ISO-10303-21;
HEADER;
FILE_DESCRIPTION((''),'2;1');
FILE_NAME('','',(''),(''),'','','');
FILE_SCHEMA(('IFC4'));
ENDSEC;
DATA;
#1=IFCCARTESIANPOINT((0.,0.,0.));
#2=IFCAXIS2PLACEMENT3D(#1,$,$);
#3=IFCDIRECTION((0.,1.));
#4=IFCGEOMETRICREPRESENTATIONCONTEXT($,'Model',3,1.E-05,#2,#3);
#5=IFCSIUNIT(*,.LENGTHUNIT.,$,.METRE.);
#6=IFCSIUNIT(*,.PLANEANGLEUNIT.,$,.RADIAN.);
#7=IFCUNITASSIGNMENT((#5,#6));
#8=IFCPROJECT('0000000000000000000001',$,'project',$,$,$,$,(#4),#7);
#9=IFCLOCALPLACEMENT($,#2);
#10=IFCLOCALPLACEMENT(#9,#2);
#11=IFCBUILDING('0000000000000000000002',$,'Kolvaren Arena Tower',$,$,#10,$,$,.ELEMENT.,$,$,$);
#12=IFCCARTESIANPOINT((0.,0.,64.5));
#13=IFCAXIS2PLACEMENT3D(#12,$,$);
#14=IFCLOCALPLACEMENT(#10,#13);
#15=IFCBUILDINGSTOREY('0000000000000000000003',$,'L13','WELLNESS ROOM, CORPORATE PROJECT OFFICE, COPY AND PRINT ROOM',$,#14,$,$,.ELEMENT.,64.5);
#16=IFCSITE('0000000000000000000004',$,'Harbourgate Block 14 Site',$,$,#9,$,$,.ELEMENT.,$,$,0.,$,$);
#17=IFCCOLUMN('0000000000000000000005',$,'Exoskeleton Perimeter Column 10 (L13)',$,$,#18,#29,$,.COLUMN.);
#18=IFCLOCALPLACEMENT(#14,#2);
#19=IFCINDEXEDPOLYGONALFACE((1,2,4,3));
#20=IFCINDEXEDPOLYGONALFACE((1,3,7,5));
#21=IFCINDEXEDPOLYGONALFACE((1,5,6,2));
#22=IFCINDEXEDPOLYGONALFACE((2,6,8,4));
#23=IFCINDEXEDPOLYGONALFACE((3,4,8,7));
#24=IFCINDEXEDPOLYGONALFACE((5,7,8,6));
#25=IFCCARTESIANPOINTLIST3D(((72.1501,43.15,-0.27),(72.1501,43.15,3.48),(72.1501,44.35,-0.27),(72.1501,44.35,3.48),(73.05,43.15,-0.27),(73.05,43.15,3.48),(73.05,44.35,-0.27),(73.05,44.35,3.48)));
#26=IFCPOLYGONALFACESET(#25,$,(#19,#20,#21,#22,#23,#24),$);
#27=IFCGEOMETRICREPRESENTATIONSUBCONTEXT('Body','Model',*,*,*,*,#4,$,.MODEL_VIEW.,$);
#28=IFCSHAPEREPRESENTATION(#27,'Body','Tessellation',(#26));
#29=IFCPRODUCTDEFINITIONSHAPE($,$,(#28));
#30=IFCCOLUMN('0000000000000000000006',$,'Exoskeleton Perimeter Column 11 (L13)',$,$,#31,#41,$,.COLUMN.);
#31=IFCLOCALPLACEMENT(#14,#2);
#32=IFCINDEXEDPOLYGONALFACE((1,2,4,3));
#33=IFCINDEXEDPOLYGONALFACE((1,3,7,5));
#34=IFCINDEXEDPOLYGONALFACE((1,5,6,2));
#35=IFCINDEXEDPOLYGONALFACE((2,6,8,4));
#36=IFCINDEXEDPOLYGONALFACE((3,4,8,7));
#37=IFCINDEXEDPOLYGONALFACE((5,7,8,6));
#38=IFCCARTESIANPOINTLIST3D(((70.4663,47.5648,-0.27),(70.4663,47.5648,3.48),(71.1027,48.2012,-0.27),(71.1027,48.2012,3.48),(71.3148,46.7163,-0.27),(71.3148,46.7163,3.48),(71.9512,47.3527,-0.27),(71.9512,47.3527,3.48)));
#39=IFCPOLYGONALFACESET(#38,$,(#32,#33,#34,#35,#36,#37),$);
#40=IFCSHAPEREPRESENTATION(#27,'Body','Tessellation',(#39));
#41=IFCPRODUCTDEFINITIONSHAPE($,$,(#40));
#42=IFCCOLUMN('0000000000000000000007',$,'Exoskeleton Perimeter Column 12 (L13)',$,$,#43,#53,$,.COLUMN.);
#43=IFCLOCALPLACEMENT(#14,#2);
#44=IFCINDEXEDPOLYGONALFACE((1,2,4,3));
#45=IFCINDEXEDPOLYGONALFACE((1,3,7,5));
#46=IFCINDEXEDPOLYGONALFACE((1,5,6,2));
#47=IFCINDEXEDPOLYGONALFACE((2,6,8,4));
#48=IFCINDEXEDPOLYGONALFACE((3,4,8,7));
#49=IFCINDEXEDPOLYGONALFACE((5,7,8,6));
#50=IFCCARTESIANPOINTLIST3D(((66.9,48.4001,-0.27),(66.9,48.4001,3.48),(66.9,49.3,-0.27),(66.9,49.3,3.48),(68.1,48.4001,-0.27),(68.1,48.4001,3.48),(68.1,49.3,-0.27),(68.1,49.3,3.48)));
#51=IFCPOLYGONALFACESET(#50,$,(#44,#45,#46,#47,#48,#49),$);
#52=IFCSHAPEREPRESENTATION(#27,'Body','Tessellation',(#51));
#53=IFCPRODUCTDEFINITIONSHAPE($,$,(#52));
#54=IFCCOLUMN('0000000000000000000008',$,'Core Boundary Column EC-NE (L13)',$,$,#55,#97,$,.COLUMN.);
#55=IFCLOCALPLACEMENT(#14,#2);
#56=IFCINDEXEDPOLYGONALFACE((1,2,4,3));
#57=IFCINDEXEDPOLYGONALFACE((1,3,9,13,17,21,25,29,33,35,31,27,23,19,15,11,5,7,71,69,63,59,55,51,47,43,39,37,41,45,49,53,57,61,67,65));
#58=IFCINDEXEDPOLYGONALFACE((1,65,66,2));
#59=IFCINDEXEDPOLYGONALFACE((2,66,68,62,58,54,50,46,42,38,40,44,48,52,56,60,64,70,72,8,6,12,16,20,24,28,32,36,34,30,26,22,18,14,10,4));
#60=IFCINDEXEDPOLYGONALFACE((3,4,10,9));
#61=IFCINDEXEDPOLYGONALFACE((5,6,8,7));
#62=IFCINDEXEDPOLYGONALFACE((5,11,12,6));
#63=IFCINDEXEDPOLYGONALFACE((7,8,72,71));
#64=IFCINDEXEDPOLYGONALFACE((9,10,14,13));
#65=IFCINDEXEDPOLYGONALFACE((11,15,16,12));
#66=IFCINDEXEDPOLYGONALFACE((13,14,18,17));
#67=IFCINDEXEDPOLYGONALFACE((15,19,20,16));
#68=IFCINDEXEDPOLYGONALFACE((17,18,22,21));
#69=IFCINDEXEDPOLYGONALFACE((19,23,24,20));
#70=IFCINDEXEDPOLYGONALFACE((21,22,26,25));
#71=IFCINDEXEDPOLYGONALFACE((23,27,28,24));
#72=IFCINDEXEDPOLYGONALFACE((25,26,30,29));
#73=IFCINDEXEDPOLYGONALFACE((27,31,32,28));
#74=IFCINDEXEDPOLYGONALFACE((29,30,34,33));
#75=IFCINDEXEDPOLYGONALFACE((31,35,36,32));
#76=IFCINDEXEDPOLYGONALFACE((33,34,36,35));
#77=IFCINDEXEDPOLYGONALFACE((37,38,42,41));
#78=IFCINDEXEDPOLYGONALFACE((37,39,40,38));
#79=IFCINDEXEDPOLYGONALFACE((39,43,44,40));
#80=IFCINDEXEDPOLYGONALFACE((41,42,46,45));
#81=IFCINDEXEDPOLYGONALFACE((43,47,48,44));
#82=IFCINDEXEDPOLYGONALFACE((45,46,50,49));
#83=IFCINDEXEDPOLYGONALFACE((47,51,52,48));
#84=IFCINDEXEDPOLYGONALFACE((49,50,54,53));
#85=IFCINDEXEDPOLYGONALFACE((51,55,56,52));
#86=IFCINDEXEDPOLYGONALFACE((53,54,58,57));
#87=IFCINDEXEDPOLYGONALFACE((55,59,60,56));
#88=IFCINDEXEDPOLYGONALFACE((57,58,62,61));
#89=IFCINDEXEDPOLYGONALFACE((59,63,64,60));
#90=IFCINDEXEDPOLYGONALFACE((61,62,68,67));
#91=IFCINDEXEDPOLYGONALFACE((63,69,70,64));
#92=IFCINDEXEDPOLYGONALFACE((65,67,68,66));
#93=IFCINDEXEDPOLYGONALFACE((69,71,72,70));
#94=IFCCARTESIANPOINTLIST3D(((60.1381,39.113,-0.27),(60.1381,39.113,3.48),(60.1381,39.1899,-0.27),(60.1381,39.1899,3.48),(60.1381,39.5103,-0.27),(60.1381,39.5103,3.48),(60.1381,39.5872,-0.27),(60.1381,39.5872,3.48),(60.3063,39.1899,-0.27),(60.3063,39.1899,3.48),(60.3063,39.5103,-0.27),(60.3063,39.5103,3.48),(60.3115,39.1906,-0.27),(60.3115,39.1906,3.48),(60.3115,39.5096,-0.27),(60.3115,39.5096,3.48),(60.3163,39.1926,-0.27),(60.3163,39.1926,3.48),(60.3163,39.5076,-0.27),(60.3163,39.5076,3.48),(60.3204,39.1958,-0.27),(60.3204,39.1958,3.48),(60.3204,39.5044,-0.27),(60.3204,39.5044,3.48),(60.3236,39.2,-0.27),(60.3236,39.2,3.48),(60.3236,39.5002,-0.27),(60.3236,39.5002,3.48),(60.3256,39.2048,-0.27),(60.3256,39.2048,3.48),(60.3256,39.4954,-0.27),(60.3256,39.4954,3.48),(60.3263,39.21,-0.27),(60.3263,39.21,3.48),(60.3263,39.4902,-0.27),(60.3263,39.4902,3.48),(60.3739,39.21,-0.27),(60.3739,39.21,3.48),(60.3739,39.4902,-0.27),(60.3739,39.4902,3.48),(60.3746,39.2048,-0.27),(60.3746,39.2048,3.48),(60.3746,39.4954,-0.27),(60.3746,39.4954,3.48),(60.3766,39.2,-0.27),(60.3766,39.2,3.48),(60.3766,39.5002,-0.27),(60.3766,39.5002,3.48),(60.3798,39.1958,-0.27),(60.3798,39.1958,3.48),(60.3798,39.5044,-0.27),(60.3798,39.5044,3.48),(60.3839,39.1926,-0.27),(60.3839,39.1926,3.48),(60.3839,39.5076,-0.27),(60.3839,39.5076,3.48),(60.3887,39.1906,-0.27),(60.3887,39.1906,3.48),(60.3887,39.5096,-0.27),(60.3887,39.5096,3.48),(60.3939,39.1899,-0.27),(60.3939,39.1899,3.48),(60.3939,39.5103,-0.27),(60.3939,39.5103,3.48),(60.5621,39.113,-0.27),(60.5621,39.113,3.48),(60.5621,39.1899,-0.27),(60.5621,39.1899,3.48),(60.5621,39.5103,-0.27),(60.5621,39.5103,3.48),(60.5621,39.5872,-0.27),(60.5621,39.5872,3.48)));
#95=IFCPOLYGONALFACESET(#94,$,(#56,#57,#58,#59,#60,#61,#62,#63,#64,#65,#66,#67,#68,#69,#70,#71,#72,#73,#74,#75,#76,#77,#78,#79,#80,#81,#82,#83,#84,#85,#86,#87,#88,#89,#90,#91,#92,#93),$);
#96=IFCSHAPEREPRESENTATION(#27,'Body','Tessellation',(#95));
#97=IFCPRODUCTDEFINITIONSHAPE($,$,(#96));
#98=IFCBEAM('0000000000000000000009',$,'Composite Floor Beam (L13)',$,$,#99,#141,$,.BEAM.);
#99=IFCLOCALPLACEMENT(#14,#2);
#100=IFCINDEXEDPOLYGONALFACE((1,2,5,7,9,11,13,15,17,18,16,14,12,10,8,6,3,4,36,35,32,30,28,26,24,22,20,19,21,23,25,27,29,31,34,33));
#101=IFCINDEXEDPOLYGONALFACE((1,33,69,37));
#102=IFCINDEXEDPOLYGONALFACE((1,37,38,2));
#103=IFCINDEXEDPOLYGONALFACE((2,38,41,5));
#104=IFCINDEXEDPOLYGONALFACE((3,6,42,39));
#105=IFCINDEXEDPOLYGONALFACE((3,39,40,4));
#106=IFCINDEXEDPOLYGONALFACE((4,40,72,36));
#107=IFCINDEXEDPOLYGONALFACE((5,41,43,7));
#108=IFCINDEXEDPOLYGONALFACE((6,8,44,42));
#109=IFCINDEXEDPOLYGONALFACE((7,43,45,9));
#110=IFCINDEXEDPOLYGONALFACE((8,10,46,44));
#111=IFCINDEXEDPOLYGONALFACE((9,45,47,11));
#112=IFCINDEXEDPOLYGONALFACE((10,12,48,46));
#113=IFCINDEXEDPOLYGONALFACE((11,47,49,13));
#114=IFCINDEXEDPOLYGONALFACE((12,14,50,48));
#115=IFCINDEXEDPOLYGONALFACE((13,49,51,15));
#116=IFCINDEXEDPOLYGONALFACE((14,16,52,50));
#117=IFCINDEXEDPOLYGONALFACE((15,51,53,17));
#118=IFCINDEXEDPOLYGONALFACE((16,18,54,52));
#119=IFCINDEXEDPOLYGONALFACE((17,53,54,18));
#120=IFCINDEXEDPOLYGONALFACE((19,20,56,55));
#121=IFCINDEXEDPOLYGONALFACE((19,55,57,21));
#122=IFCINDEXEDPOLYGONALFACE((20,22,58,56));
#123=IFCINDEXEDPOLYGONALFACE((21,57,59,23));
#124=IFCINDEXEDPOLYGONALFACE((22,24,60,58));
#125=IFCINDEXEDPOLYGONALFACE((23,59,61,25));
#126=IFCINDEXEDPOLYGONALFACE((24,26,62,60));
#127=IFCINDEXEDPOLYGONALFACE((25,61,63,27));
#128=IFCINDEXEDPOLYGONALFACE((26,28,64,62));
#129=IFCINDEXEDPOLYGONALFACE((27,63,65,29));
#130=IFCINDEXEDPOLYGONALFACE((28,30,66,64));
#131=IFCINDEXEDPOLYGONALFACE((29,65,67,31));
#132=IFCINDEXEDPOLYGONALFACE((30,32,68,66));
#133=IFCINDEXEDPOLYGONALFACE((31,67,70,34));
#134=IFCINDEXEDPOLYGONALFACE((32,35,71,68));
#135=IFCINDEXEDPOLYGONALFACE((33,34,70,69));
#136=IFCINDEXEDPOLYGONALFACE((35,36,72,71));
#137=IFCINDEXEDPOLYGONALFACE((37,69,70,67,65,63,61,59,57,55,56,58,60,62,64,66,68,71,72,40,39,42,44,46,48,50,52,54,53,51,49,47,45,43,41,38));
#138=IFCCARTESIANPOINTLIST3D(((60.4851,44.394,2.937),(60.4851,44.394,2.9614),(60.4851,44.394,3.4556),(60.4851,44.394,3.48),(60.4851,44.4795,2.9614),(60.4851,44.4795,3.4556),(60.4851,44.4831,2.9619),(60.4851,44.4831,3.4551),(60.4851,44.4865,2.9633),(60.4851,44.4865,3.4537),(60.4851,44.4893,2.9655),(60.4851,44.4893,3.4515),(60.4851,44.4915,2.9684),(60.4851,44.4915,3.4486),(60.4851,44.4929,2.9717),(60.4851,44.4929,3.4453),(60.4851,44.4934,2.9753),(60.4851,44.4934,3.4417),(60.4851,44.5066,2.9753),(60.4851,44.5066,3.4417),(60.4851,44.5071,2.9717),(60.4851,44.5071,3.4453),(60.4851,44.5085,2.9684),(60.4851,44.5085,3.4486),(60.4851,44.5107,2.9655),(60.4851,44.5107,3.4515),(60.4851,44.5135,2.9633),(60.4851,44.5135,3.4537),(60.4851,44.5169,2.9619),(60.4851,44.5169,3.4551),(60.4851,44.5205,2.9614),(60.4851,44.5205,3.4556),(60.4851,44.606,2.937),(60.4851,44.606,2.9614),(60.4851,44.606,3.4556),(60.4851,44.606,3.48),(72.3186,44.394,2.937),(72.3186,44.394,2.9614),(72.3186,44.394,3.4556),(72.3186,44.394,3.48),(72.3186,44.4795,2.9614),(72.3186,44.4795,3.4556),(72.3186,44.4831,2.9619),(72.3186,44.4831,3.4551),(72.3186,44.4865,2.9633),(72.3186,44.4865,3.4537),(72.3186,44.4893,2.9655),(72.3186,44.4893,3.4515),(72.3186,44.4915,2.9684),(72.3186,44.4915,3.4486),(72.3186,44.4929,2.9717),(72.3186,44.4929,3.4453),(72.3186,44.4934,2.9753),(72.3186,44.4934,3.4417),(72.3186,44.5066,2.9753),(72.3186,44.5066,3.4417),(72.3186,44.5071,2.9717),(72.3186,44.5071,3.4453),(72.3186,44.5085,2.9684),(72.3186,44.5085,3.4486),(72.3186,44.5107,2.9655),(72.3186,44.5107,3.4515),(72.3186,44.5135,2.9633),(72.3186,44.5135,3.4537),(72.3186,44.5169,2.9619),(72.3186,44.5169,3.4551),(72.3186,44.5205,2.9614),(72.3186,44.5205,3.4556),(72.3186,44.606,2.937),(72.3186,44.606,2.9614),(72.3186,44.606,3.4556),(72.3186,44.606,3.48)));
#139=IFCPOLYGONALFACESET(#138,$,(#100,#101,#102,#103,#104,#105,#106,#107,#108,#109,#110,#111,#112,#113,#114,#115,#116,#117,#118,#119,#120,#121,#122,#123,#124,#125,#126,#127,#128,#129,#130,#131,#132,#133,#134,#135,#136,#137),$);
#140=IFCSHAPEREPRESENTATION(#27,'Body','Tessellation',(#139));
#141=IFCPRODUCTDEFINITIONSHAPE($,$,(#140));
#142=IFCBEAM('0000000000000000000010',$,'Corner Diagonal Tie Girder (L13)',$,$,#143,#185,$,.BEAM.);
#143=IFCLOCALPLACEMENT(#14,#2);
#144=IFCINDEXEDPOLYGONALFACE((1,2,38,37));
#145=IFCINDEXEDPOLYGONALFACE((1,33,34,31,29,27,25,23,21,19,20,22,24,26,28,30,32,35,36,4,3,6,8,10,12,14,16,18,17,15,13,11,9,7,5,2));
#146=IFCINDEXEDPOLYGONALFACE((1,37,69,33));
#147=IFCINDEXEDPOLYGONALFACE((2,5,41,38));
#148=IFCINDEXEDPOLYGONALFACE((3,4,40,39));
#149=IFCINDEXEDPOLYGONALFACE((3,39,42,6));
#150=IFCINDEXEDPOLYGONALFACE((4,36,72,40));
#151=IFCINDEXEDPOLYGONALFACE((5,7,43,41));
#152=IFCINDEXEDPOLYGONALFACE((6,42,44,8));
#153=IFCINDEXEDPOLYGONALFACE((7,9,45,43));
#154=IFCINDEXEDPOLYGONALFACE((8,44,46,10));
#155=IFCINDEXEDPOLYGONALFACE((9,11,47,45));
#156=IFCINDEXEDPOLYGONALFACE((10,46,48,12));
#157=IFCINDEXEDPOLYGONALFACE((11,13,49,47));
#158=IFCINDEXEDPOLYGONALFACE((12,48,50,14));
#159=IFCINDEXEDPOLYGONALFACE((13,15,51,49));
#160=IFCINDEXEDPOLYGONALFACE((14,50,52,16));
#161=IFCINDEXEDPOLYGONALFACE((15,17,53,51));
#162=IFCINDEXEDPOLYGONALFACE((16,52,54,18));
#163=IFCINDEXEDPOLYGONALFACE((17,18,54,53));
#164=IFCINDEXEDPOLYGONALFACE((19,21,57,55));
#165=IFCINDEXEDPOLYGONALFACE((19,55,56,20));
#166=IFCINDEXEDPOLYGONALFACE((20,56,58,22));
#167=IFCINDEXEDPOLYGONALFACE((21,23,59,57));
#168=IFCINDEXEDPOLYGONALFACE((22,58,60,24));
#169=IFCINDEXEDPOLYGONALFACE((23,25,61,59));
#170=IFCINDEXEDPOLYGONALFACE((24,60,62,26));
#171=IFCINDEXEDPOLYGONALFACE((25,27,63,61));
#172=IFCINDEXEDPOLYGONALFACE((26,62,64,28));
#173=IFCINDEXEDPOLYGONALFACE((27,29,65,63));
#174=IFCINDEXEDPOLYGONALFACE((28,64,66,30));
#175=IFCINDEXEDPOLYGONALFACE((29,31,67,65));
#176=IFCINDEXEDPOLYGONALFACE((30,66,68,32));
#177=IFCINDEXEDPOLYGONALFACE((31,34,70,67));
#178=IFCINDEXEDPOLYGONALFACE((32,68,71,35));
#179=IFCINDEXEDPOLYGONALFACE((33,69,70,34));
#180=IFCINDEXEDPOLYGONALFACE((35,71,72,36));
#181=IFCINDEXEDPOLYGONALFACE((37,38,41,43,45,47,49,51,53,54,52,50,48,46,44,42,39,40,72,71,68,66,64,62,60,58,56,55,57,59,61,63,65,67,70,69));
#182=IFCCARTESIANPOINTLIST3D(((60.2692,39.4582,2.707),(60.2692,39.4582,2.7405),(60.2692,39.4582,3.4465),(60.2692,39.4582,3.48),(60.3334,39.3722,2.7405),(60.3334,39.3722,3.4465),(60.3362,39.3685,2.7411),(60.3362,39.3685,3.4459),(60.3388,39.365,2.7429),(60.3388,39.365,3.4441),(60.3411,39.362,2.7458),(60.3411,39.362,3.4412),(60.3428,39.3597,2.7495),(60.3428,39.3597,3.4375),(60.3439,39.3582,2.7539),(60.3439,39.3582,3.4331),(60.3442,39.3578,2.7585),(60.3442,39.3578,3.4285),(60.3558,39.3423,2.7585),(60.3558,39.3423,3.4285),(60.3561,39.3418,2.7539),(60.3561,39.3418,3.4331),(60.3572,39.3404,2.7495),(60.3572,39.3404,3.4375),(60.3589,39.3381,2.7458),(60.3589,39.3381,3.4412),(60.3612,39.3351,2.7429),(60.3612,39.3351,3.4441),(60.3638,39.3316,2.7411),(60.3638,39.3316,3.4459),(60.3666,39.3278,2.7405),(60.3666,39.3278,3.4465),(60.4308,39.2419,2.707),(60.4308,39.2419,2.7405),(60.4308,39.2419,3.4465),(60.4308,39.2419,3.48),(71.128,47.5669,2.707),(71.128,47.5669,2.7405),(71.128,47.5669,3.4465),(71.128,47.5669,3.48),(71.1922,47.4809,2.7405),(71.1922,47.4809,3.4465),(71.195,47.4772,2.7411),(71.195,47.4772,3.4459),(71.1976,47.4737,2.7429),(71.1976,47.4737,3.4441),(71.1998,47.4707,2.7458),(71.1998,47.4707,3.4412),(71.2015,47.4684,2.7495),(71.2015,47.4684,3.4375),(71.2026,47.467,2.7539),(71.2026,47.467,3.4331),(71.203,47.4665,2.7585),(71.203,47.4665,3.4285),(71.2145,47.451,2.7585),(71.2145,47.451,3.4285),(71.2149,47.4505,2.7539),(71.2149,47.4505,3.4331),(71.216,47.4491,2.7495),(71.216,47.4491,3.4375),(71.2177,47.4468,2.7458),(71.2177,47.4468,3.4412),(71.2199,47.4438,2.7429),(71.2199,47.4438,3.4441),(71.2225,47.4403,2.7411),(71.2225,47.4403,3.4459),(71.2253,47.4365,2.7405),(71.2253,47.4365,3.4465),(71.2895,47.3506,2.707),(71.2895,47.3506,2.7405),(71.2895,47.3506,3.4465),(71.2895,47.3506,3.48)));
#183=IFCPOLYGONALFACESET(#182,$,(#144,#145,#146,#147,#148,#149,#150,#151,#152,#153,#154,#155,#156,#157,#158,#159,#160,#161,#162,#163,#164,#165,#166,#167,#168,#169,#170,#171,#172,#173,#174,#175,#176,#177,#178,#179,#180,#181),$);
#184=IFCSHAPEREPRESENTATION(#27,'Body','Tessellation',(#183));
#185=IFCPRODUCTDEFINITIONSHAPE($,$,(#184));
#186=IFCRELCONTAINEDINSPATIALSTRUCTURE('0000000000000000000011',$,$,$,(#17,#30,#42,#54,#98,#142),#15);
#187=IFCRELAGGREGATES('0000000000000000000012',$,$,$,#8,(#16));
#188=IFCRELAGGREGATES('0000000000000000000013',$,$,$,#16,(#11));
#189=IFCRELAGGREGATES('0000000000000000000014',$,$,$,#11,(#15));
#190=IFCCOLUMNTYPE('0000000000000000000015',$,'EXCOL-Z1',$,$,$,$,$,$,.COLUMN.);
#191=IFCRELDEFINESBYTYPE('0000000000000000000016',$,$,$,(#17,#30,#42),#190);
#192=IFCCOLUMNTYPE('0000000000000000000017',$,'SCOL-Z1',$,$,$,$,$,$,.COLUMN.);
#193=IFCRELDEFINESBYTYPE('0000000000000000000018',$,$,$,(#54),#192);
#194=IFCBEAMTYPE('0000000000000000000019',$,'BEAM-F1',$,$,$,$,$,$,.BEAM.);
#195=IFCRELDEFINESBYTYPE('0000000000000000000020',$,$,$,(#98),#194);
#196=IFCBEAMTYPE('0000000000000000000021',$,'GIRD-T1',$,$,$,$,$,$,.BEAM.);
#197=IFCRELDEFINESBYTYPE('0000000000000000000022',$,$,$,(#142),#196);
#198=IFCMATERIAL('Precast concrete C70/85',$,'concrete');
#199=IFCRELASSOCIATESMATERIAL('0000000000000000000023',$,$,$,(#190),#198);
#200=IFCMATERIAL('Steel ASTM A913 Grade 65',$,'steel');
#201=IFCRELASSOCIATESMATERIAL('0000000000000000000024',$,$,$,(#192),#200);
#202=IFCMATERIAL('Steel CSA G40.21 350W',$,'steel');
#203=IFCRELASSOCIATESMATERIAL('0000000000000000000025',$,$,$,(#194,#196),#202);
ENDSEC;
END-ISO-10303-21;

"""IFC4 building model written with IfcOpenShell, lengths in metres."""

from ifc_helpers import new_model, si_unit, direction, frame, origin, origin_2d, place, context, subcontext, project, spatial, rectangle, i_section, extrude, material, material_profile, profile_set, type_object, element, save


model = new_model("IFC4")

# Units and contexts
model_context = context("Model", 3, precision=1e-05, world=origin(), true_north=direction((0.0, 1.0)))
body_context = subcontext(model_context, "Body", "Model", "MODEL_VIEW")
ifc_project = project(units=[si_unit("LENGTHUNIT", "METRE"), si_unit("PLANEANGLEUNIT", "RADIAN")], contexts=[model_context])

# Site, building, storey
site_placement = place(None, origin())
site = spatial("IfcSite", under=ifc_project, at=site_placement, Name="Harbourgate Block 14 Site", CompositionType="ELEMENT", RefElevation=0.0)
building_placement = place(site_placement, origin())
building = spatial("IfcBuilding", under=site, at=building_placement, Name="Kolvaren Arena Tower", CompositionType="ELEMENT")
storey_placement = place(building_placement, frame((0.0, 0.0, 64.5)))
storey = spatial("IfcBuildingStorey", under=building, at=storey_placement, Name="L13", Description="WELLNESS ROOM, CORPORATE PROJECT OFFICE, COPY AND PRINT ROOM", CompositionType="ELEMENT", Elevation=64.5)

# Columns
ifc_material_1 = material(Name="Precast concrete C70/85", Category="concrete")
ifc_material_profile_1 = material_profile(ifc_material_1, rectangle(XDim=1.2, YDim=0.8999, at=origin_2d()), Name="RC-1200x900")
ifc_profile_set_1 = profile_set([ifc_material_profile_1], Name="Precast concrete C70/85")
column_type_1 = type_object("IfcColumnType", Name="EXCOL-Z1", PredefinedType="COLUMN", material=ifc_profile_set_1)
for number, where, z_axis, x_axis, name in (
    (1, (72.6001, 43.75, -0.27), (0.0, 0.0, 1.0), (0.0, 1.0, 0.0), "Exoskeleton Perimeter Column 10 (L13)"),
    (2, (71.2087, 47.4587, -0.27), (0.0, 0.0, 1.0), (-0.707107, 0.707107, 0.0), "Exoskeleton Perimeter Column 11 (L13)"),
    (3, (67.5, 48.8501, -0.27), (0.0, 0.0, 1.0), (1.0, 0.0, 0.0), "Exoskeleton Perimeter Column 12 (L13)"),
):
    element("IfcColumn", number, at=place(storey_placement, frame(where, z_axis=z_axis, x_axis=x_axis)), inside=storey, type_object=column_type_1, Name=name, PredefinedType="COLUMN", context=body_context, shape_type="SweptSolid", body=[
        extrude(rectangle(XDim=1.2, YDim=0.8999, at=origin_2d()), origin(), (0.0, 0.0, 1.0), 3.75),
    ])
ifc_material_2 = material(Name="Steel ASTM A913 Grade 65", Category="steel")
ifc_material_profile_2 = material_profile(ifc_material_2, i_section(OverallWidth=0.4241, OverallDepth=0.4741, WebThickness=0.0476, FlangeThickness=0.0769, FilletRadius=0.02, at=origin_2d()), Name="W360x634")
ifc_profile_set_2 = profile_set([ifc_material_profile_2], Name="Steel ASTM A913 Grade 65")
column_type_2 = type_object("IfcColumnType", Name="SCOL-Z1", PredefinedType="COLUMN", material=ifc_profile_set_2)
column_placement = place(storey_placement, frame((60.3501, 39.3501, -0.27), z_axis=(0.0, 0.0, 1.0), x_axis=(1.0, 0.0, 0.0)))
element("IfcColumn", 4, at=column_placement, inside=storey, type_object=column_type_2, Name="Core Boundary Column EC-NE (L13)", PredefinedType="COLUMN", context=body_context, shape_type="SweptSolid", body=[
    extrude(i_section(OverallWidth=0.4241, OverallDepth=0.4741, WebThickness=0.0476, FlangeThickness=0.0769, FilletRadius=0.02, at=origin_2d()), origin(), (0.0, 0.0, 1.0), 3.75),
])

# Beams
ifc_material_3 = material(Name="Steel CSA G40.21 350W", Category="steel")
ifc_material_profile_3 = material_profile(ifc_material_3, i_section(OverallWidth=0.2119, OverallDepth=0.543, WebThickness=0.0132, FlangeThickness=0.0244, FilletRadius=0.0139, at=origin_2d()), Name="W530x150")
ifc_profile_set_3 = profile_set([ifc_material_profile_3], Name="Steel CSA G40.21 350W")
beam_type_1 = type_object("IfcBeamType", Name="BEAM-F1", PredefinedType="BEAM", material=ifc_profile_set_3)
beam_1_placement = place(storey_placement, frame((60.4851, 44.5, 3.2085), z_axis=(1.0, 0.0, 0.0), x_axis=(0.0, 1.0, 0.0)))
element("IfcBeam", 5, at=beam_1_placement, inside=storey, type_object=beam_type_1, Name="Composite Floor Beam (L13)", PredefinedType="BEAM", context=body_context, shape_type="SweptSolid", body=[
    extrude(i_section(OverallWidth=0.2119, OverallDepth=0.543, WebThickness=0.0132, FlangeThickness=0.0244, FilletRadius=0.0139, at=origin_2d()), origin(), (0.0, 0.0, 1.0), 11.8335),
])
ifc_material_profile_4 = material_profile(ifc_material_3, i_section(OverallWidth=0.27, OverallDepth=0.7729, WebThickness=0.0193, FlangeThickness=0.0334, FilletRadius=0.0181, at=origin_2d()), Name="W760x257")
ifc_profile_set_4 = profile_set([ifc_material_profile_4], Name="Steel CSA G40.21 350W")
beam_type_2 = type_object("IfcBeamType", Name="GIRD-T1", PredefinedType="BEAM", material=ifc_profile_set_4)
beam_2_placement = place(storey_placement, frame((71.2087, 47.4587, 3.0935), z_axis=(-0.80125, -0.59833, 0.0), x_axis=(0.59833, -0.80125, 0.0)))
element("IfcBeam", 6, at=beam_2_placement, inside=storey, type_object=beam_type_2, Name="Corner Diagonal Tie Girder (L13)", PredefinedType="BEAM", context=body_context, shape_type="SweptSolid", body=[
    extrude(i_section(OverallWidth=0.27, OverallDepth=0.7729, WebThickness=0.0193, FlangeThickness=0.0334, FilletRadius=0.0181, at=origin_2d()), origin(), (0.0, 0.0, 1.0), 13.5522),
])

save(model, "model.ifc")
